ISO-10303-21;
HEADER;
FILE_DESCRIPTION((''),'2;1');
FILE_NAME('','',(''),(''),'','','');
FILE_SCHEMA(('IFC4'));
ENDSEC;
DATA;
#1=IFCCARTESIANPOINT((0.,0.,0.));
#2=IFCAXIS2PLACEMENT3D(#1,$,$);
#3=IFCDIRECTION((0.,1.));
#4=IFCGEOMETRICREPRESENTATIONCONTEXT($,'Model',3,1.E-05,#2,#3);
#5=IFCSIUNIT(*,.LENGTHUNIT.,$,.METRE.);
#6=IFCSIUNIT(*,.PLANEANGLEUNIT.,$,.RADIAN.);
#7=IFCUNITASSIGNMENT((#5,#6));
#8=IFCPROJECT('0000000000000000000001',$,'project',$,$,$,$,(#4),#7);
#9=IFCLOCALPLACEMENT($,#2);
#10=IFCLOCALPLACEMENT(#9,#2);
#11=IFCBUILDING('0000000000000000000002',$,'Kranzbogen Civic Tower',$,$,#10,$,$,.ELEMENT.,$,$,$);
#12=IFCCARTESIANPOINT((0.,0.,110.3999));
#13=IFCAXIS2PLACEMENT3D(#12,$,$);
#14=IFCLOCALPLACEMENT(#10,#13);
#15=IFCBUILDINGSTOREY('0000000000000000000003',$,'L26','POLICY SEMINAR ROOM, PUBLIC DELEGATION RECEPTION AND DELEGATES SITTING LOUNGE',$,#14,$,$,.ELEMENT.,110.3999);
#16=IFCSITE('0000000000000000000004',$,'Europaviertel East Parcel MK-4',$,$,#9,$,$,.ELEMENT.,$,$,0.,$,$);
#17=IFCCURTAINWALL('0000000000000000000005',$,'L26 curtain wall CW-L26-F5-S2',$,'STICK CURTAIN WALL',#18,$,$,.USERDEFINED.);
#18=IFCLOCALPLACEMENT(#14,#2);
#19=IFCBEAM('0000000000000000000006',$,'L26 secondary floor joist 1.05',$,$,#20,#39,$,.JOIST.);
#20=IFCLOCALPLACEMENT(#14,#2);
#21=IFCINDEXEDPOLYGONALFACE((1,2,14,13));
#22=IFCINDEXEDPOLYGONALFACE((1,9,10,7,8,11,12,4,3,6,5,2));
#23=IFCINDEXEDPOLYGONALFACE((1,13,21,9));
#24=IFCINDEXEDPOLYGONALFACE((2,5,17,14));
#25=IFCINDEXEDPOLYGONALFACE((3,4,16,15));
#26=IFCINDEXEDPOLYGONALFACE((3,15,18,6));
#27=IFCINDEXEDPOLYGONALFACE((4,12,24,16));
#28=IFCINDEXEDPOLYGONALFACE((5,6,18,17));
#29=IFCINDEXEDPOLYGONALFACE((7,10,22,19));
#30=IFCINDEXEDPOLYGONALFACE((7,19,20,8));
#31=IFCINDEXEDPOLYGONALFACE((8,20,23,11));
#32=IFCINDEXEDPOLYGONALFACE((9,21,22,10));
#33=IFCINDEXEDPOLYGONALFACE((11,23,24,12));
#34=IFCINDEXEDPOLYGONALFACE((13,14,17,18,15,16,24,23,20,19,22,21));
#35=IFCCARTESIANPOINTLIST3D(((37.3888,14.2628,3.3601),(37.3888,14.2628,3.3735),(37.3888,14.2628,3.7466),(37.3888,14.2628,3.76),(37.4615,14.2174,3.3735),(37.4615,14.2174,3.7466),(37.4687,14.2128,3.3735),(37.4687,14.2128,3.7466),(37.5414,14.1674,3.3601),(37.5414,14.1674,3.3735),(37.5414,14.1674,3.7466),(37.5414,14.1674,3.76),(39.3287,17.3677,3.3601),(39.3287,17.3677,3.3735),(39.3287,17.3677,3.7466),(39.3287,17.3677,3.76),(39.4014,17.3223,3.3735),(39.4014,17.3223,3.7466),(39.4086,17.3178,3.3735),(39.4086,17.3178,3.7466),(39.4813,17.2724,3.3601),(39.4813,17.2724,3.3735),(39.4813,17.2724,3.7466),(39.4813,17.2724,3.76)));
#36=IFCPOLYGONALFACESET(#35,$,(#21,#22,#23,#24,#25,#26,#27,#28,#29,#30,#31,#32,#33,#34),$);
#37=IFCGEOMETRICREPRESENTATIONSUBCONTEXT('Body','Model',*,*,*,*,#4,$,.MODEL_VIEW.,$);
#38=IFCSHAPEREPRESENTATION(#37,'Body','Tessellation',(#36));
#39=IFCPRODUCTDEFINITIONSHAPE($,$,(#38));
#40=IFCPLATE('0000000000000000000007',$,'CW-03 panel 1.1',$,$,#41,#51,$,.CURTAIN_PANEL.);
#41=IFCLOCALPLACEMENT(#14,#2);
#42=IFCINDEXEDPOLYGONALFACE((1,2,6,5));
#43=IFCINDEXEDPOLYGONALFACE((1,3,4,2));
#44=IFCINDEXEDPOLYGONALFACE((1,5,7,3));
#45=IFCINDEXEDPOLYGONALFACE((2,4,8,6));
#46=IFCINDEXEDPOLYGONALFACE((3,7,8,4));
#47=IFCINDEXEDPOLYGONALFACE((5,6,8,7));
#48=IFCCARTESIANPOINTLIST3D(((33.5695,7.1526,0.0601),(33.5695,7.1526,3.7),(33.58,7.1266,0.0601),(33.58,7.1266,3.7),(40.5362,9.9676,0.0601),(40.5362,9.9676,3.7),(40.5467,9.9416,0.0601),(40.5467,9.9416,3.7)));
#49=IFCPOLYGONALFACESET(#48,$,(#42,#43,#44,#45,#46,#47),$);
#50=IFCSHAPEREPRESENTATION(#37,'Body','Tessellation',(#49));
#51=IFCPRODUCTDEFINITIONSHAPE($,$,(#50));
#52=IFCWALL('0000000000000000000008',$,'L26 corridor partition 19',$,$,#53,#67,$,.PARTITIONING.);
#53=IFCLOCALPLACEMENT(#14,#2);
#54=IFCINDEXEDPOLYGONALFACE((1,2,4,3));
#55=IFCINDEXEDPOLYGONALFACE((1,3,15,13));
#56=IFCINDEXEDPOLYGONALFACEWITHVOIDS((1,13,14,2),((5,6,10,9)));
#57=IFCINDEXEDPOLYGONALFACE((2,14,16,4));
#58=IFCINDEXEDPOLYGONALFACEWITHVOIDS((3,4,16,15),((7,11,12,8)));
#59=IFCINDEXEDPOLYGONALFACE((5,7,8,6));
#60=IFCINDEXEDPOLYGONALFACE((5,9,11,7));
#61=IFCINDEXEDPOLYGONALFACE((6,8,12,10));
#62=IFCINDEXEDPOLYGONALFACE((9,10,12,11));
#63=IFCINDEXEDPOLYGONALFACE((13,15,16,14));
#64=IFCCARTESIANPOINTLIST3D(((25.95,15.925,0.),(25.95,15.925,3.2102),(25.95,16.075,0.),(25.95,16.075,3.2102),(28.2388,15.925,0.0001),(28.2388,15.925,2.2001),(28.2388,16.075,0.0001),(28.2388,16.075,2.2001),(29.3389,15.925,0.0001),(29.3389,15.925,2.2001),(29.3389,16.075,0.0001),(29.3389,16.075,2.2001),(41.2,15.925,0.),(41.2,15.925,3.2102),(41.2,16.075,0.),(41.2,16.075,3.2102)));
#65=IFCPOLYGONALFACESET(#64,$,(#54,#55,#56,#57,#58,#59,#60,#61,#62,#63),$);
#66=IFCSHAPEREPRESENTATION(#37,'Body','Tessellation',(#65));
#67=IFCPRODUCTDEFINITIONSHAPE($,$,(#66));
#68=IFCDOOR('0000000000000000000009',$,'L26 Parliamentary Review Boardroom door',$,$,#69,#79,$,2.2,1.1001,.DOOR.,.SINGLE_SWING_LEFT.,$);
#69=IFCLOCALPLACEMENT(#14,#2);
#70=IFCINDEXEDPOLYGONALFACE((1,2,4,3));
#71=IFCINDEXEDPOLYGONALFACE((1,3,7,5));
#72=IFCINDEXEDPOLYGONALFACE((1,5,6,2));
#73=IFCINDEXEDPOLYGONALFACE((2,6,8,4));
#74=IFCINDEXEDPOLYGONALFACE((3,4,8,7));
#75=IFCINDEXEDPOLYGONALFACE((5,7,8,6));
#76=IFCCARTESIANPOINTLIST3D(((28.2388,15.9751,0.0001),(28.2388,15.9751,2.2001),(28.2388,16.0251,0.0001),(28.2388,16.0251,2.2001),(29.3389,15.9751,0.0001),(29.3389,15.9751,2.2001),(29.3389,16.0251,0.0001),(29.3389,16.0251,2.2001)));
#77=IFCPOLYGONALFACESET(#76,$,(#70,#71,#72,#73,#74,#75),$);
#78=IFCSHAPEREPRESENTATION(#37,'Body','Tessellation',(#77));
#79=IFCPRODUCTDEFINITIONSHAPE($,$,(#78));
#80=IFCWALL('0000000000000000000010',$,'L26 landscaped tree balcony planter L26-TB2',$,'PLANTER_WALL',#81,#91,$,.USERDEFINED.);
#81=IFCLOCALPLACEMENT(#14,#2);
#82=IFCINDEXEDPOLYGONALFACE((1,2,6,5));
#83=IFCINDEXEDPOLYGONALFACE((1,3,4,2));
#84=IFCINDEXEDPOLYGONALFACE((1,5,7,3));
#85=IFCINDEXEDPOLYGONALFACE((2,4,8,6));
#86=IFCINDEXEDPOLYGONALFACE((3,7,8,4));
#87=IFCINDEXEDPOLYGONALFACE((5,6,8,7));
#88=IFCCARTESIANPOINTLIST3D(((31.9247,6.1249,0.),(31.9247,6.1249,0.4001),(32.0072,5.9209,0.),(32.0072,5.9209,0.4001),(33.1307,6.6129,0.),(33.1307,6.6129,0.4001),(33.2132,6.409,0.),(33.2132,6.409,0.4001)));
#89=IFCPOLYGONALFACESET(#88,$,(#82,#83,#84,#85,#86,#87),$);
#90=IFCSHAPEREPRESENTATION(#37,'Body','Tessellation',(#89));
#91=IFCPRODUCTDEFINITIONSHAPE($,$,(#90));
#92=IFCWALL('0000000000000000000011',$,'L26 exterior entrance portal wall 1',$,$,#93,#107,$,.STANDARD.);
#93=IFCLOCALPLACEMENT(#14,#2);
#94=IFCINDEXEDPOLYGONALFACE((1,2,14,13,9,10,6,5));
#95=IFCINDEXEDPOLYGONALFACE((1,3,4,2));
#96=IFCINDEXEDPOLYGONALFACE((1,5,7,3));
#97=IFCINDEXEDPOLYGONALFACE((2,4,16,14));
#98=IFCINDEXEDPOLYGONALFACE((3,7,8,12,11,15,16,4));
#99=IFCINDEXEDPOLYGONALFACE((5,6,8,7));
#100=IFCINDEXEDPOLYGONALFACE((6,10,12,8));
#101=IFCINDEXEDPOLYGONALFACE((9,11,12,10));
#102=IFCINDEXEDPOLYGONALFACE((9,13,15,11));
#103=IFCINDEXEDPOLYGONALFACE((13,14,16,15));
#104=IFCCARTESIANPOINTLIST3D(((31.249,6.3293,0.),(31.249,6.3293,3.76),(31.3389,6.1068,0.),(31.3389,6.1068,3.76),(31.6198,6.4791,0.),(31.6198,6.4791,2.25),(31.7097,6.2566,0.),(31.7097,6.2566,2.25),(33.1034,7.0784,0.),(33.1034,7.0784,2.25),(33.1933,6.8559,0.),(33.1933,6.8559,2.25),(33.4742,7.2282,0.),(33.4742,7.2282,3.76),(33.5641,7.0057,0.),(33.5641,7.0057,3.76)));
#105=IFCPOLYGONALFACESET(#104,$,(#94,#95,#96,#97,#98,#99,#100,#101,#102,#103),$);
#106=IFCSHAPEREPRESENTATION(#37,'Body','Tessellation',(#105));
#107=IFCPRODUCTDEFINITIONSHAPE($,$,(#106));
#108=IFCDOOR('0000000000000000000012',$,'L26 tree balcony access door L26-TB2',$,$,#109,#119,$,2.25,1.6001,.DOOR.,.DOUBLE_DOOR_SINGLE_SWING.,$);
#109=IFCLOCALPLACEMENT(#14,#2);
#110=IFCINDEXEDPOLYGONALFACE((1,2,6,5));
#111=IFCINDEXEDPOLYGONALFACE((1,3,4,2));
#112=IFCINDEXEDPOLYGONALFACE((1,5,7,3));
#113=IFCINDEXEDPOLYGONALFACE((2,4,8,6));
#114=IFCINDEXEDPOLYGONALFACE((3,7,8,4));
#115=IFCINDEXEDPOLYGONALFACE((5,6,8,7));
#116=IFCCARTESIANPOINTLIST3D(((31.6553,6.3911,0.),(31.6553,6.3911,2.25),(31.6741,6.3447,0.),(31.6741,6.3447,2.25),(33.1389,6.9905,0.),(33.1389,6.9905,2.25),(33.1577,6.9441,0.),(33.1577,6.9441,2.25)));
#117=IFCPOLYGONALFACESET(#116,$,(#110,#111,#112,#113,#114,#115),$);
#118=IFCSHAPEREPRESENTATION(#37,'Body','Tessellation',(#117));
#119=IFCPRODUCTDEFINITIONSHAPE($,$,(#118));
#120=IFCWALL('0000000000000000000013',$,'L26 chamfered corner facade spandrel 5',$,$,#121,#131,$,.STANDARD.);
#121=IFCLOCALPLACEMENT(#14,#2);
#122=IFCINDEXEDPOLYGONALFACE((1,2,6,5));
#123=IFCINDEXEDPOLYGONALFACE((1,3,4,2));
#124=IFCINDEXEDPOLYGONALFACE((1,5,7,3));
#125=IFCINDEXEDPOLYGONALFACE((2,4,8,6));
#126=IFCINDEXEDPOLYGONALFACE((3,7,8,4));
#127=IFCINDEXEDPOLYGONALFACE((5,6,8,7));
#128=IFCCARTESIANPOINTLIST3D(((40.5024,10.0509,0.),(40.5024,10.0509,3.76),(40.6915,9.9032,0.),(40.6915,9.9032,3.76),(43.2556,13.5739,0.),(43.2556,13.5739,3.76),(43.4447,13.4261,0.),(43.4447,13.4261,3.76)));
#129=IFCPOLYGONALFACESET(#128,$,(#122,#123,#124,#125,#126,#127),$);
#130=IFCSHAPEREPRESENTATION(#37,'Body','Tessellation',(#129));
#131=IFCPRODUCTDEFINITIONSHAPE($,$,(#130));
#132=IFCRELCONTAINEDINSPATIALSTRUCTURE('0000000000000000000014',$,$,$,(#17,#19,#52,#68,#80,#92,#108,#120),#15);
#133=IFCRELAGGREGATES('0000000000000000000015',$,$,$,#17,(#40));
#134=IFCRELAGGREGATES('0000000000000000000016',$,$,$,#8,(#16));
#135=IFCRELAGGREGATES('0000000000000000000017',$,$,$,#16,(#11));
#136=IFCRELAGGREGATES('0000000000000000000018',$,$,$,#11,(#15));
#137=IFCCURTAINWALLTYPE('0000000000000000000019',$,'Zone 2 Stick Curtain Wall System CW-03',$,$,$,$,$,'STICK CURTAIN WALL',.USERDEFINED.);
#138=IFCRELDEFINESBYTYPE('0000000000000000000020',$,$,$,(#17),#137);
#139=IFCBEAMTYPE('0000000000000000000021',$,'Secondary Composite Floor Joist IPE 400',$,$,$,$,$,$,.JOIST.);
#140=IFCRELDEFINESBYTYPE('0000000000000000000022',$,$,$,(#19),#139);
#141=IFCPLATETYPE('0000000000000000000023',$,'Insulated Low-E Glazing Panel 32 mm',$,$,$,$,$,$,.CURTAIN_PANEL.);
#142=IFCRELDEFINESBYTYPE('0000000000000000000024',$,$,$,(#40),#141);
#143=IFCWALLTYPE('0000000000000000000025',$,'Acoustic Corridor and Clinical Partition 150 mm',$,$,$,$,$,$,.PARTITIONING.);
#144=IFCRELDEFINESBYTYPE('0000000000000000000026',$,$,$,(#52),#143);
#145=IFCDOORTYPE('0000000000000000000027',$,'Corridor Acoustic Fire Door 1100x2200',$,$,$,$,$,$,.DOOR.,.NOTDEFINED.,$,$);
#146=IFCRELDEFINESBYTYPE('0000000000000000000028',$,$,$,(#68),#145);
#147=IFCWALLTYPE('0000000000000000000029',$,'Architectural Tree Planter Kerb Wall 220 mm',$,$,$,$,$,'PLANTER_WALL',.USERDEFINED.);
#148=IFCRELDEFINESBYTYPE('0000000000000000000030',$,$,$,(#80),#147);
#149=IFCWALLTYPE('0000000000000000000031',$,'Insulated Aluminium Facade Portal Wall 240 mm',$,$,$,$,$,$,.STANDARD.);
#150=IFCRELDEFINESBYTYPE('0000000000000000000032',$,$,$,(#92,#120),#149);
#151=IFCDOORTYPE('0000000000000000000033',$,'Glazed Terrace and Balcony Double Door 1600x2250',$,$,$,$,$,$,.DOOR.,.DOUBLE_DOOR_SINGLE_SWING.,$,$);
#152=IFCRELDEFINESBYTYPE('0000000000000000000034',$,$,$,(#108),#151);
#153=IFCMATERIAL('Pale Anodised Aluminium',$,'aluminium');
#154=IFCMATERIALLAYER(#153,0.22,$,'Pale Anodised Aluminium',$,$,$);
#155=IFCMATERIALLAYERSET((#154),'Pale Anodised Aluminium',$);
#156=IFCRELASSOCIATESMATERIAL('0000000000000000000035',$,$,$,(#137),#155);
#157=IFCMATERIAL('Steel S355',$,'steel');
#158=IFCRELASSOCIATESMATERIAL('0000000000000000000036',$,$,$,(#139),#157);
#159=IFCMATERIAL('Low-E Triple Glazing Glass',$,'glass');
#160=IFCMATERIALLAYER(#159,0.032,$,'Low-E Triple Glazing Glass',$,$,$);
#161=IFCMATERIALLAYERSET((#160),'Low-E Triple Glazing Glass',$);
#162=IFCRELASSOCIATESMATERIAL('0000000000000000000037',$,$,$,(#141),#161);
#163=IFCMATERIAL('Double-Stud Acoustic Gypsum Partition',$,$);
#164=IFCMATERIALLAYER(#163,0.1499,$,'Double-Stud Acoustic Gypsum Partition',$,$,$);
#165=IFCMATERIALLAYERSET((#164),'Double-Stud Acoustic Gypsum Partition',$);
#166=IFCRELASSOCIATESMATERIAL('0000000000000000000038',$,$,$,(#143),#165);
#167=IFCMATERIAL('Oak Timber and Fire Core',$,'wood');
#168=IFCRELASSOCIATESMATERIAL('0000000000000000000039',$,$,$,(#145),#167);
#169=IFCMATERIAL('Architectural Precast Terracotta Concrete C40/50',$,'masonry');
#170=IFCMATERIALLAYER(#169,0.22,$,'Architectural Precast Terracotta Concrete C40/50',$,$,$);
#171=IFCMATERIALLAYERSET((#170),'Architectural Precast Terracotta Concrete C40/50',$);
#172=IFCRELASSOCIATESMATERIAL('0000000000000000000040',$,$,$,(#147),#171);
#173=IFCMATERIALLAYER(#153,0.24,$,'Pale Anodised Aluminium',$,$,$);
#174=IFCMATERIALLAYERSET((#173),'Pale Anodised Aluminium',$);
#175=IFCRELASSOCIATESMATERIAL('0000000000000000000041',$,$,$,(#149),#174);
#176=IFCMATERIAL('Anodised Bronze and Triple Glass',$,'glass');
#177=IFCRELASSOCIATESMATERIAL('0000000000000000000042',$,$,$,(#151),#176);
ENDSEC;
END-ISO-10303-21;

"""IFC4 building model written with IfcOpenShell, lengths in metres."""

from ifc_helpers import new_model, si_unit, direction, frame, frame_2d, origin, origin_2d, place, context, subcontext, project, spatial, rectangle, i_section, extrude, material, layer, layer_set, material_profile, profile_set, type_object, element, fill, aggregate, save


model = new_model("IFC4")

# Units and contexts
model_context = context("Model", 3, precision=1e-05, world=origin(), true_north=direction((0.0, 1.0)))
body_context = subcontext(model_context, "Body", "Model", "MODEL_VIEW")
ifc_project = project(units=[si_unit("LENGTHUNIT", "METRE"), si_unit("PLANEANGLEUNIT", "RADIAN")], contexts=[model_context])

# Site, building, storey
site_placement = place(None, origin())
site = spatial("IfcSite", under=ifc_project, at=site_placement, Name="Europaviertel East Parcel MK-4", CompositionType="ELEMENT", RefElevation=0.0)
building_placement = place(site_placement, origin())
building = spatial("IfcBuilding", under=site, at=building_placement, Name="Kranzbogen Civic Tower", CompositionType="ELEMENT")
storey_placement = place(building_placement, frame((0.0, 0.0, 110.3999)))
storey = spatial("IfcBuildingStorey", under=building, at=storey_placement, Name="L26", Description="POLICY SEMINAR ROOM, PUBLIC DELEGATION RECEPTION AND DELEGATES SITTING LOUNGE", CompositionType="ELEMENT", Elevation=110.3999)

# Shared definitions
ifc_material_1 = material(Name="Pale Anodised Aluminium", Category="aluminium")
ifc_layer_1 = layer(ifc_material_1, 0.22, Name="Pale Anodised Aluminium")
ifc_layer_set_1 = layer_set([ifc_layer_1], Name="Pale Anodised Aluminium")
curtain_wall_type = type_object("IfcCurtainWallType", Name="Zone 2 Stick Curtain Wall System CW-03", ElementType="STICK CURTAIN WALL", PredefinedType="USERDEFINED", material=ifc_layer_set_1)

# Curtain wall
curtain_wall_1_placement = place(storey_placement, origin())
curtain_wall_1 = element("IfcCurtainWall", 1, at=curtain_wall_1_placement, inside=storey, type_object=curtain_wall_type, Name="L26 curtain wall CW-L26-F5-S2", ObjectType="STICK CURTAIN WALL", PredefinedType="USERDEFINED")

# Beam
ifc_material_2 = material(Name="Steel S355", Category="steel")
ifc_material_profile_1 = material_profile(ifc_material_2, i_section(OverallWidth=0.1799, OverallDepth=0.3999, WebThickness=0.0085, FlangeThickness=0.0134, at=origin_2d()), Name="IPE 400")
ifc_profile_set_1 = profile_set([ifc_material_profile_1], Name="Steel S355")
beam_type_1 = type_object("IfcBeamType", Name="Secondary Composite Floor Joist IPE 400", PredefinedType="JOIST", material=ifc_profile_set_1)
beam_1_placement = place(storey_placement, frame((37.4651, 14.2151, 3.5601), z_axis=(0.529867, 0.848081, 0.0), x_axis=(-0.848081, 0.529867, 0.0)))
element("IfcBeam", 2, at=beam_1_placement, inside=storey, type_object=beam_type_1, Name="L26 secondary floor joist 1.05", PredefinedType="JOIST", context=body_context, shape_type="SweptSolid", body=[
    extrude(i_section(OverallWidth=0.1799, OverallDepth=0.3999, WebThickness=0.0085, FlangeThickness=0.0134, at=origin_2d()), origin(), (0.0, 0.0, 1.0), 3.6611),
])

# Plate
ifc_material_3 = material(Name="Low-E Triple Glazing Glass", Category="glass")
ifc_layer_2 = layer(ifc_material_3, 0.032, Name="Low-E Triple Glazing Glass")
ifc_layer_set_2 = layer_set([ifc_layer_2], Name="Low-E Triple Glazing Glass")
plate_type = type_object("IfcPlateType", Name="Insulated Low-E Glazing Panel 32 mm", PredefinedType="CURTAIN_PANEL", material=ifc_layer_set_2)
plate_placement = place(storey_placement, frame((37.0581, 8.5471, 0.0601), z_axis=(0.0, 0.0, 1.0), x_axis=(0.92717, 0.374641, 0.0)))
plate = element("IfcPlate", 3, at=plate_placement, type_object=plate_type, Name="CW-03 panel 1.1", PredefinedType="CURTAIN_PANEL", context=body_context, shape_type="SweptSolid", body=[
    extrude(rectangle(XDim=7.5139, YDim=0.0281, at=origin_2d()), origin(), (0.0, 0.0, 1.0), 3.6399),
])
aggregate(curtain_wall_1, [plate])

# Wall, opening, door
ifc_material_4 = material(Name="Double-Stud Acoustic Gypsum Partition")
ifc_layer_3 = layer(ifc_material_4, 0.1499, Name="Double-Stud Acoustic Gypsum Partition")
ifc_layer_set_3 = layer_set([ifc_layer_3], Name="Double-Stud Acoustic Gypsum Partition")
wall_type_1 = type_object("IfcWallType", Name="Acoustic Corridor and Clinical Partition 150 mm", PredefinedType="PARTITIONING", material=ifc_layer_set_3)
wall_1_placement = place(storey_placement, frame((41.2, 16.0, 0.0), z_axis=(0.0, 0.0, 1.0), x_axis=(-1.0, 0.0, 0.0)))
wall_1 = element("IfcWall", 4, at=wall_1_placement, inside=storey, type_object=wall_type_1, Name="L26 corridor partition 19", PredefinedType="PARTITIONING", context=body_context, shape_type="SweptSolid", body=[
    extrude(rectangle(XDim=15.25, YDim=0.1499, at=frame_2d((7.625, 0.0))), origin(), (0.0, 0.0, 1.0), 3.2102),
])
opening_1_placement = place(wall_1_placement, frame((11.8611, 0.0, 0.0)))
opening_1 = element("IfcOpeningElement", 5, at=opening_1_placement, cuts=wall_1, PredefinedType="OPENING", context=body_context, shape_type="SweptSolid", body=[
    extrude(rectangle(XDim=1.1001, YDim=2.2, at=frame_2d((0.55, 1.1001))), frame((0.0, 0.085, 0.0), z_axis=(0.0, -1.0, 0.0), x_axis=(1.0, 0.0, 0.0)), (0.0, 0.0, 1.0), 0.1699),
])
ifc_material_5 = material(Name="Oak Timber and Fire Core", Category="wood")
door_type_1 = type_object("IfcDoorType", Name="Corridor Acoustic Fire Door 1100x2200", OperationType="NOTDEFINED", PredefinedType="DOOR", material=ifc_material_5)
door_1_placement = place(opening_1_placement, origin())
door_1 = element("IfcDoor", 6, at=door_1_placement, inside=storey, type_object=door_type_1, Name="L26 Parliamentary Review Boardroom door", OperationType="SINGLE_SWING_LEFT", OverallHeight=2.2, OverallWidth=1.1001, PredefinedType="DOOR", context=body_context, shape_type="SweptSolid", body=[
    extrude(rectangle(XDim=1.1001, YDim=2.2, at=frame_2d((0.55, 1.1001))), frame((0.0, 0.0249, 0.0), z_axis=(0.0, -1.0, 0.0), x_axis=(1.0, 0.0, 0.0)), (0.0, 0.0, 1.0), 0.05),
])
fill(opening_1, door_1)

# Wall
ifc_material_6 = material(Name="Architectural Precast Terracotta Concrete C40/50", Category="masonry")
ifc_layer_4 = layer(ifc_material_6, 0.22, Name="Architectural Precast Terracotta Concrete C40/50")
ifc_layer_set_4 = layer_set([ifc_layer_4], Name="Architectural Precast Terracotta Concrete C40/50")
wall_type_2 = type_object("IfcWallType", Name="Architectural Tree Planter Kerb Wall 220 mm", ElementType="PLANTER_WALL", PredefinedType="USERDEFINED", material=ifc_layer_set_4)
wall_2_placement = place(storey_placement, frame((31.9661, 6.0229, 0.0), z_axis=(0.0, 0.0, 1.0), x_axis=(0.926981, 0.375108, 0.0)))
element("IfcWall", 7, at=wall_2_placement, inside=storey, type_object=wall_type_2, Name="L26 landscaped tree balcony planter L26-TB2", ObjectType="PLANTER_WALL", PredefinedType="USERDEFINED", context=body_context, shape_type="SweptSolid", body=[
    extrude(rectangle(XDim=1.301, YDim=0.22, at=frame_2d((0.6504, 0.0))), origin(), (0.0, 0.0, 1.0), 0.4001),
])

# Wall, opening, door
ifc_layer_5 = layer(ifc_material_1, 0.24, Name="Pale Anodised Aluminium")
ifc_layer_set_5 = layer_set([ifc_layer_5], Name="Pale Anodised Aluminium")
wall_type_3 = type_object("IfcWallType", Name="Insulated Aluminium Facade Portal Wall 240 mm", PredefinedType="STANDARD", material=ifc_layer_set_5)
wall_3_placement = place(storey_placement, frame((31.2939, 6.218, 0.0), z_axis=(0.0, 0.0, 1.0), x_axis=(0.927194, 0.374581, 0.0)))
wall_3 = element("IfcWall", 8, at=wall_3_placement, inside=storey, type_object=wall_type_3, Name="L26 exterior entrance portal wall 1", PredefinedType="STANDARD", context=body_context, shape_type="SweptSolid", body=[
    extrude(rectangle(XDim=2.3999, YDim=0.24, at=frame_2d((1.2, 0.0))), origin(), (0.0, 0.0, 1.0), 3.76),
])
opening_2_placement = place(wall_3_placement, frame((0.3999, 0.0, 0.0)))
opening_2 = element("IfcOpeningElement", 9, at=opening_2_placement, cuts=wall_3, PredefinedType="OPENING", context=body_context, shape_type="SweptSolid", body=[
    extrude(rectangle(XDim=1.6001, YDim=2.25, at=frame_2d((0.8, 1.125))), frame((0.0, 0.1299, 0.0), z_axis=(0.0, -1.0, 0.0), x_axis=(1.0, 0.0, 0.0)), (0.0, 0.0, 1.0), 0.26),
])
ifc_material_7 = material(Name="Anodised Bronze and Triple Glass", Category="glass")
door_type_2 = type_object("IfcDoorType", Name="Glazed Terrace and Balcony Double Door 1600x2250", OperationType="DOUBLE_DOOR_SINGLE_SWING", PredefinedType="DOOR", material=ifc_material_7)
door_2_placement = place(opening_2_placement, frame((1.6001, 0.0, 0.0), z_axis=(0.0, 0.0, 1.0), x_axis=(-1.0, 0.0, 0.0)))
door_2 = element("IfcDoor", 10, at=door_2_placement, inside=storey, type_object=door_type_2, Name="L26 tree balcony access door L26-TB2", OperationType="DOUBLE_DOOR_SINGLE_SWING", OverallHeight=2.25, OverallWidth=1.6001, PredefinedType="DOOR", context=body_context, shape_type="SweptSolid", body=[
    extrude(rectangle(XDim=1.6001, YDim=2.25, at=frame_2d((0.8, 1.125))), frame((0.0, 0.0249, 0.0), z_axis=(0.0, -1.0, 0.0), x_axis=(1.0, 0.0, 0.0)), (0.0, 0.0, 1.0), 0.05),
])
fill(opening_2, door_2)

# Wall
wall_4_placement = place(storey_placement, frame((40.5969, 9.9771, 0.0), z_axis=(0.0, 0.0, 1.0), x_axis=(0.615765, 0.78793, 0.0)))
element("IfcWall", 11, at=wall_4_placement, inside=storey, type_object=wall_type_3, Name="L26 chamfered corner facade spandrel 5", PredefinedType="STANDARD", context=body_context, shape_type="SweptSolid", body=[
    extrude(rectangle(XDim=4.4712, YDim=0.24, at=frame_2d((2.2356, 0.0))), origin(), (0.0, 0.0, 1.0), 3.76),
])

save(model, "model.ifc")
